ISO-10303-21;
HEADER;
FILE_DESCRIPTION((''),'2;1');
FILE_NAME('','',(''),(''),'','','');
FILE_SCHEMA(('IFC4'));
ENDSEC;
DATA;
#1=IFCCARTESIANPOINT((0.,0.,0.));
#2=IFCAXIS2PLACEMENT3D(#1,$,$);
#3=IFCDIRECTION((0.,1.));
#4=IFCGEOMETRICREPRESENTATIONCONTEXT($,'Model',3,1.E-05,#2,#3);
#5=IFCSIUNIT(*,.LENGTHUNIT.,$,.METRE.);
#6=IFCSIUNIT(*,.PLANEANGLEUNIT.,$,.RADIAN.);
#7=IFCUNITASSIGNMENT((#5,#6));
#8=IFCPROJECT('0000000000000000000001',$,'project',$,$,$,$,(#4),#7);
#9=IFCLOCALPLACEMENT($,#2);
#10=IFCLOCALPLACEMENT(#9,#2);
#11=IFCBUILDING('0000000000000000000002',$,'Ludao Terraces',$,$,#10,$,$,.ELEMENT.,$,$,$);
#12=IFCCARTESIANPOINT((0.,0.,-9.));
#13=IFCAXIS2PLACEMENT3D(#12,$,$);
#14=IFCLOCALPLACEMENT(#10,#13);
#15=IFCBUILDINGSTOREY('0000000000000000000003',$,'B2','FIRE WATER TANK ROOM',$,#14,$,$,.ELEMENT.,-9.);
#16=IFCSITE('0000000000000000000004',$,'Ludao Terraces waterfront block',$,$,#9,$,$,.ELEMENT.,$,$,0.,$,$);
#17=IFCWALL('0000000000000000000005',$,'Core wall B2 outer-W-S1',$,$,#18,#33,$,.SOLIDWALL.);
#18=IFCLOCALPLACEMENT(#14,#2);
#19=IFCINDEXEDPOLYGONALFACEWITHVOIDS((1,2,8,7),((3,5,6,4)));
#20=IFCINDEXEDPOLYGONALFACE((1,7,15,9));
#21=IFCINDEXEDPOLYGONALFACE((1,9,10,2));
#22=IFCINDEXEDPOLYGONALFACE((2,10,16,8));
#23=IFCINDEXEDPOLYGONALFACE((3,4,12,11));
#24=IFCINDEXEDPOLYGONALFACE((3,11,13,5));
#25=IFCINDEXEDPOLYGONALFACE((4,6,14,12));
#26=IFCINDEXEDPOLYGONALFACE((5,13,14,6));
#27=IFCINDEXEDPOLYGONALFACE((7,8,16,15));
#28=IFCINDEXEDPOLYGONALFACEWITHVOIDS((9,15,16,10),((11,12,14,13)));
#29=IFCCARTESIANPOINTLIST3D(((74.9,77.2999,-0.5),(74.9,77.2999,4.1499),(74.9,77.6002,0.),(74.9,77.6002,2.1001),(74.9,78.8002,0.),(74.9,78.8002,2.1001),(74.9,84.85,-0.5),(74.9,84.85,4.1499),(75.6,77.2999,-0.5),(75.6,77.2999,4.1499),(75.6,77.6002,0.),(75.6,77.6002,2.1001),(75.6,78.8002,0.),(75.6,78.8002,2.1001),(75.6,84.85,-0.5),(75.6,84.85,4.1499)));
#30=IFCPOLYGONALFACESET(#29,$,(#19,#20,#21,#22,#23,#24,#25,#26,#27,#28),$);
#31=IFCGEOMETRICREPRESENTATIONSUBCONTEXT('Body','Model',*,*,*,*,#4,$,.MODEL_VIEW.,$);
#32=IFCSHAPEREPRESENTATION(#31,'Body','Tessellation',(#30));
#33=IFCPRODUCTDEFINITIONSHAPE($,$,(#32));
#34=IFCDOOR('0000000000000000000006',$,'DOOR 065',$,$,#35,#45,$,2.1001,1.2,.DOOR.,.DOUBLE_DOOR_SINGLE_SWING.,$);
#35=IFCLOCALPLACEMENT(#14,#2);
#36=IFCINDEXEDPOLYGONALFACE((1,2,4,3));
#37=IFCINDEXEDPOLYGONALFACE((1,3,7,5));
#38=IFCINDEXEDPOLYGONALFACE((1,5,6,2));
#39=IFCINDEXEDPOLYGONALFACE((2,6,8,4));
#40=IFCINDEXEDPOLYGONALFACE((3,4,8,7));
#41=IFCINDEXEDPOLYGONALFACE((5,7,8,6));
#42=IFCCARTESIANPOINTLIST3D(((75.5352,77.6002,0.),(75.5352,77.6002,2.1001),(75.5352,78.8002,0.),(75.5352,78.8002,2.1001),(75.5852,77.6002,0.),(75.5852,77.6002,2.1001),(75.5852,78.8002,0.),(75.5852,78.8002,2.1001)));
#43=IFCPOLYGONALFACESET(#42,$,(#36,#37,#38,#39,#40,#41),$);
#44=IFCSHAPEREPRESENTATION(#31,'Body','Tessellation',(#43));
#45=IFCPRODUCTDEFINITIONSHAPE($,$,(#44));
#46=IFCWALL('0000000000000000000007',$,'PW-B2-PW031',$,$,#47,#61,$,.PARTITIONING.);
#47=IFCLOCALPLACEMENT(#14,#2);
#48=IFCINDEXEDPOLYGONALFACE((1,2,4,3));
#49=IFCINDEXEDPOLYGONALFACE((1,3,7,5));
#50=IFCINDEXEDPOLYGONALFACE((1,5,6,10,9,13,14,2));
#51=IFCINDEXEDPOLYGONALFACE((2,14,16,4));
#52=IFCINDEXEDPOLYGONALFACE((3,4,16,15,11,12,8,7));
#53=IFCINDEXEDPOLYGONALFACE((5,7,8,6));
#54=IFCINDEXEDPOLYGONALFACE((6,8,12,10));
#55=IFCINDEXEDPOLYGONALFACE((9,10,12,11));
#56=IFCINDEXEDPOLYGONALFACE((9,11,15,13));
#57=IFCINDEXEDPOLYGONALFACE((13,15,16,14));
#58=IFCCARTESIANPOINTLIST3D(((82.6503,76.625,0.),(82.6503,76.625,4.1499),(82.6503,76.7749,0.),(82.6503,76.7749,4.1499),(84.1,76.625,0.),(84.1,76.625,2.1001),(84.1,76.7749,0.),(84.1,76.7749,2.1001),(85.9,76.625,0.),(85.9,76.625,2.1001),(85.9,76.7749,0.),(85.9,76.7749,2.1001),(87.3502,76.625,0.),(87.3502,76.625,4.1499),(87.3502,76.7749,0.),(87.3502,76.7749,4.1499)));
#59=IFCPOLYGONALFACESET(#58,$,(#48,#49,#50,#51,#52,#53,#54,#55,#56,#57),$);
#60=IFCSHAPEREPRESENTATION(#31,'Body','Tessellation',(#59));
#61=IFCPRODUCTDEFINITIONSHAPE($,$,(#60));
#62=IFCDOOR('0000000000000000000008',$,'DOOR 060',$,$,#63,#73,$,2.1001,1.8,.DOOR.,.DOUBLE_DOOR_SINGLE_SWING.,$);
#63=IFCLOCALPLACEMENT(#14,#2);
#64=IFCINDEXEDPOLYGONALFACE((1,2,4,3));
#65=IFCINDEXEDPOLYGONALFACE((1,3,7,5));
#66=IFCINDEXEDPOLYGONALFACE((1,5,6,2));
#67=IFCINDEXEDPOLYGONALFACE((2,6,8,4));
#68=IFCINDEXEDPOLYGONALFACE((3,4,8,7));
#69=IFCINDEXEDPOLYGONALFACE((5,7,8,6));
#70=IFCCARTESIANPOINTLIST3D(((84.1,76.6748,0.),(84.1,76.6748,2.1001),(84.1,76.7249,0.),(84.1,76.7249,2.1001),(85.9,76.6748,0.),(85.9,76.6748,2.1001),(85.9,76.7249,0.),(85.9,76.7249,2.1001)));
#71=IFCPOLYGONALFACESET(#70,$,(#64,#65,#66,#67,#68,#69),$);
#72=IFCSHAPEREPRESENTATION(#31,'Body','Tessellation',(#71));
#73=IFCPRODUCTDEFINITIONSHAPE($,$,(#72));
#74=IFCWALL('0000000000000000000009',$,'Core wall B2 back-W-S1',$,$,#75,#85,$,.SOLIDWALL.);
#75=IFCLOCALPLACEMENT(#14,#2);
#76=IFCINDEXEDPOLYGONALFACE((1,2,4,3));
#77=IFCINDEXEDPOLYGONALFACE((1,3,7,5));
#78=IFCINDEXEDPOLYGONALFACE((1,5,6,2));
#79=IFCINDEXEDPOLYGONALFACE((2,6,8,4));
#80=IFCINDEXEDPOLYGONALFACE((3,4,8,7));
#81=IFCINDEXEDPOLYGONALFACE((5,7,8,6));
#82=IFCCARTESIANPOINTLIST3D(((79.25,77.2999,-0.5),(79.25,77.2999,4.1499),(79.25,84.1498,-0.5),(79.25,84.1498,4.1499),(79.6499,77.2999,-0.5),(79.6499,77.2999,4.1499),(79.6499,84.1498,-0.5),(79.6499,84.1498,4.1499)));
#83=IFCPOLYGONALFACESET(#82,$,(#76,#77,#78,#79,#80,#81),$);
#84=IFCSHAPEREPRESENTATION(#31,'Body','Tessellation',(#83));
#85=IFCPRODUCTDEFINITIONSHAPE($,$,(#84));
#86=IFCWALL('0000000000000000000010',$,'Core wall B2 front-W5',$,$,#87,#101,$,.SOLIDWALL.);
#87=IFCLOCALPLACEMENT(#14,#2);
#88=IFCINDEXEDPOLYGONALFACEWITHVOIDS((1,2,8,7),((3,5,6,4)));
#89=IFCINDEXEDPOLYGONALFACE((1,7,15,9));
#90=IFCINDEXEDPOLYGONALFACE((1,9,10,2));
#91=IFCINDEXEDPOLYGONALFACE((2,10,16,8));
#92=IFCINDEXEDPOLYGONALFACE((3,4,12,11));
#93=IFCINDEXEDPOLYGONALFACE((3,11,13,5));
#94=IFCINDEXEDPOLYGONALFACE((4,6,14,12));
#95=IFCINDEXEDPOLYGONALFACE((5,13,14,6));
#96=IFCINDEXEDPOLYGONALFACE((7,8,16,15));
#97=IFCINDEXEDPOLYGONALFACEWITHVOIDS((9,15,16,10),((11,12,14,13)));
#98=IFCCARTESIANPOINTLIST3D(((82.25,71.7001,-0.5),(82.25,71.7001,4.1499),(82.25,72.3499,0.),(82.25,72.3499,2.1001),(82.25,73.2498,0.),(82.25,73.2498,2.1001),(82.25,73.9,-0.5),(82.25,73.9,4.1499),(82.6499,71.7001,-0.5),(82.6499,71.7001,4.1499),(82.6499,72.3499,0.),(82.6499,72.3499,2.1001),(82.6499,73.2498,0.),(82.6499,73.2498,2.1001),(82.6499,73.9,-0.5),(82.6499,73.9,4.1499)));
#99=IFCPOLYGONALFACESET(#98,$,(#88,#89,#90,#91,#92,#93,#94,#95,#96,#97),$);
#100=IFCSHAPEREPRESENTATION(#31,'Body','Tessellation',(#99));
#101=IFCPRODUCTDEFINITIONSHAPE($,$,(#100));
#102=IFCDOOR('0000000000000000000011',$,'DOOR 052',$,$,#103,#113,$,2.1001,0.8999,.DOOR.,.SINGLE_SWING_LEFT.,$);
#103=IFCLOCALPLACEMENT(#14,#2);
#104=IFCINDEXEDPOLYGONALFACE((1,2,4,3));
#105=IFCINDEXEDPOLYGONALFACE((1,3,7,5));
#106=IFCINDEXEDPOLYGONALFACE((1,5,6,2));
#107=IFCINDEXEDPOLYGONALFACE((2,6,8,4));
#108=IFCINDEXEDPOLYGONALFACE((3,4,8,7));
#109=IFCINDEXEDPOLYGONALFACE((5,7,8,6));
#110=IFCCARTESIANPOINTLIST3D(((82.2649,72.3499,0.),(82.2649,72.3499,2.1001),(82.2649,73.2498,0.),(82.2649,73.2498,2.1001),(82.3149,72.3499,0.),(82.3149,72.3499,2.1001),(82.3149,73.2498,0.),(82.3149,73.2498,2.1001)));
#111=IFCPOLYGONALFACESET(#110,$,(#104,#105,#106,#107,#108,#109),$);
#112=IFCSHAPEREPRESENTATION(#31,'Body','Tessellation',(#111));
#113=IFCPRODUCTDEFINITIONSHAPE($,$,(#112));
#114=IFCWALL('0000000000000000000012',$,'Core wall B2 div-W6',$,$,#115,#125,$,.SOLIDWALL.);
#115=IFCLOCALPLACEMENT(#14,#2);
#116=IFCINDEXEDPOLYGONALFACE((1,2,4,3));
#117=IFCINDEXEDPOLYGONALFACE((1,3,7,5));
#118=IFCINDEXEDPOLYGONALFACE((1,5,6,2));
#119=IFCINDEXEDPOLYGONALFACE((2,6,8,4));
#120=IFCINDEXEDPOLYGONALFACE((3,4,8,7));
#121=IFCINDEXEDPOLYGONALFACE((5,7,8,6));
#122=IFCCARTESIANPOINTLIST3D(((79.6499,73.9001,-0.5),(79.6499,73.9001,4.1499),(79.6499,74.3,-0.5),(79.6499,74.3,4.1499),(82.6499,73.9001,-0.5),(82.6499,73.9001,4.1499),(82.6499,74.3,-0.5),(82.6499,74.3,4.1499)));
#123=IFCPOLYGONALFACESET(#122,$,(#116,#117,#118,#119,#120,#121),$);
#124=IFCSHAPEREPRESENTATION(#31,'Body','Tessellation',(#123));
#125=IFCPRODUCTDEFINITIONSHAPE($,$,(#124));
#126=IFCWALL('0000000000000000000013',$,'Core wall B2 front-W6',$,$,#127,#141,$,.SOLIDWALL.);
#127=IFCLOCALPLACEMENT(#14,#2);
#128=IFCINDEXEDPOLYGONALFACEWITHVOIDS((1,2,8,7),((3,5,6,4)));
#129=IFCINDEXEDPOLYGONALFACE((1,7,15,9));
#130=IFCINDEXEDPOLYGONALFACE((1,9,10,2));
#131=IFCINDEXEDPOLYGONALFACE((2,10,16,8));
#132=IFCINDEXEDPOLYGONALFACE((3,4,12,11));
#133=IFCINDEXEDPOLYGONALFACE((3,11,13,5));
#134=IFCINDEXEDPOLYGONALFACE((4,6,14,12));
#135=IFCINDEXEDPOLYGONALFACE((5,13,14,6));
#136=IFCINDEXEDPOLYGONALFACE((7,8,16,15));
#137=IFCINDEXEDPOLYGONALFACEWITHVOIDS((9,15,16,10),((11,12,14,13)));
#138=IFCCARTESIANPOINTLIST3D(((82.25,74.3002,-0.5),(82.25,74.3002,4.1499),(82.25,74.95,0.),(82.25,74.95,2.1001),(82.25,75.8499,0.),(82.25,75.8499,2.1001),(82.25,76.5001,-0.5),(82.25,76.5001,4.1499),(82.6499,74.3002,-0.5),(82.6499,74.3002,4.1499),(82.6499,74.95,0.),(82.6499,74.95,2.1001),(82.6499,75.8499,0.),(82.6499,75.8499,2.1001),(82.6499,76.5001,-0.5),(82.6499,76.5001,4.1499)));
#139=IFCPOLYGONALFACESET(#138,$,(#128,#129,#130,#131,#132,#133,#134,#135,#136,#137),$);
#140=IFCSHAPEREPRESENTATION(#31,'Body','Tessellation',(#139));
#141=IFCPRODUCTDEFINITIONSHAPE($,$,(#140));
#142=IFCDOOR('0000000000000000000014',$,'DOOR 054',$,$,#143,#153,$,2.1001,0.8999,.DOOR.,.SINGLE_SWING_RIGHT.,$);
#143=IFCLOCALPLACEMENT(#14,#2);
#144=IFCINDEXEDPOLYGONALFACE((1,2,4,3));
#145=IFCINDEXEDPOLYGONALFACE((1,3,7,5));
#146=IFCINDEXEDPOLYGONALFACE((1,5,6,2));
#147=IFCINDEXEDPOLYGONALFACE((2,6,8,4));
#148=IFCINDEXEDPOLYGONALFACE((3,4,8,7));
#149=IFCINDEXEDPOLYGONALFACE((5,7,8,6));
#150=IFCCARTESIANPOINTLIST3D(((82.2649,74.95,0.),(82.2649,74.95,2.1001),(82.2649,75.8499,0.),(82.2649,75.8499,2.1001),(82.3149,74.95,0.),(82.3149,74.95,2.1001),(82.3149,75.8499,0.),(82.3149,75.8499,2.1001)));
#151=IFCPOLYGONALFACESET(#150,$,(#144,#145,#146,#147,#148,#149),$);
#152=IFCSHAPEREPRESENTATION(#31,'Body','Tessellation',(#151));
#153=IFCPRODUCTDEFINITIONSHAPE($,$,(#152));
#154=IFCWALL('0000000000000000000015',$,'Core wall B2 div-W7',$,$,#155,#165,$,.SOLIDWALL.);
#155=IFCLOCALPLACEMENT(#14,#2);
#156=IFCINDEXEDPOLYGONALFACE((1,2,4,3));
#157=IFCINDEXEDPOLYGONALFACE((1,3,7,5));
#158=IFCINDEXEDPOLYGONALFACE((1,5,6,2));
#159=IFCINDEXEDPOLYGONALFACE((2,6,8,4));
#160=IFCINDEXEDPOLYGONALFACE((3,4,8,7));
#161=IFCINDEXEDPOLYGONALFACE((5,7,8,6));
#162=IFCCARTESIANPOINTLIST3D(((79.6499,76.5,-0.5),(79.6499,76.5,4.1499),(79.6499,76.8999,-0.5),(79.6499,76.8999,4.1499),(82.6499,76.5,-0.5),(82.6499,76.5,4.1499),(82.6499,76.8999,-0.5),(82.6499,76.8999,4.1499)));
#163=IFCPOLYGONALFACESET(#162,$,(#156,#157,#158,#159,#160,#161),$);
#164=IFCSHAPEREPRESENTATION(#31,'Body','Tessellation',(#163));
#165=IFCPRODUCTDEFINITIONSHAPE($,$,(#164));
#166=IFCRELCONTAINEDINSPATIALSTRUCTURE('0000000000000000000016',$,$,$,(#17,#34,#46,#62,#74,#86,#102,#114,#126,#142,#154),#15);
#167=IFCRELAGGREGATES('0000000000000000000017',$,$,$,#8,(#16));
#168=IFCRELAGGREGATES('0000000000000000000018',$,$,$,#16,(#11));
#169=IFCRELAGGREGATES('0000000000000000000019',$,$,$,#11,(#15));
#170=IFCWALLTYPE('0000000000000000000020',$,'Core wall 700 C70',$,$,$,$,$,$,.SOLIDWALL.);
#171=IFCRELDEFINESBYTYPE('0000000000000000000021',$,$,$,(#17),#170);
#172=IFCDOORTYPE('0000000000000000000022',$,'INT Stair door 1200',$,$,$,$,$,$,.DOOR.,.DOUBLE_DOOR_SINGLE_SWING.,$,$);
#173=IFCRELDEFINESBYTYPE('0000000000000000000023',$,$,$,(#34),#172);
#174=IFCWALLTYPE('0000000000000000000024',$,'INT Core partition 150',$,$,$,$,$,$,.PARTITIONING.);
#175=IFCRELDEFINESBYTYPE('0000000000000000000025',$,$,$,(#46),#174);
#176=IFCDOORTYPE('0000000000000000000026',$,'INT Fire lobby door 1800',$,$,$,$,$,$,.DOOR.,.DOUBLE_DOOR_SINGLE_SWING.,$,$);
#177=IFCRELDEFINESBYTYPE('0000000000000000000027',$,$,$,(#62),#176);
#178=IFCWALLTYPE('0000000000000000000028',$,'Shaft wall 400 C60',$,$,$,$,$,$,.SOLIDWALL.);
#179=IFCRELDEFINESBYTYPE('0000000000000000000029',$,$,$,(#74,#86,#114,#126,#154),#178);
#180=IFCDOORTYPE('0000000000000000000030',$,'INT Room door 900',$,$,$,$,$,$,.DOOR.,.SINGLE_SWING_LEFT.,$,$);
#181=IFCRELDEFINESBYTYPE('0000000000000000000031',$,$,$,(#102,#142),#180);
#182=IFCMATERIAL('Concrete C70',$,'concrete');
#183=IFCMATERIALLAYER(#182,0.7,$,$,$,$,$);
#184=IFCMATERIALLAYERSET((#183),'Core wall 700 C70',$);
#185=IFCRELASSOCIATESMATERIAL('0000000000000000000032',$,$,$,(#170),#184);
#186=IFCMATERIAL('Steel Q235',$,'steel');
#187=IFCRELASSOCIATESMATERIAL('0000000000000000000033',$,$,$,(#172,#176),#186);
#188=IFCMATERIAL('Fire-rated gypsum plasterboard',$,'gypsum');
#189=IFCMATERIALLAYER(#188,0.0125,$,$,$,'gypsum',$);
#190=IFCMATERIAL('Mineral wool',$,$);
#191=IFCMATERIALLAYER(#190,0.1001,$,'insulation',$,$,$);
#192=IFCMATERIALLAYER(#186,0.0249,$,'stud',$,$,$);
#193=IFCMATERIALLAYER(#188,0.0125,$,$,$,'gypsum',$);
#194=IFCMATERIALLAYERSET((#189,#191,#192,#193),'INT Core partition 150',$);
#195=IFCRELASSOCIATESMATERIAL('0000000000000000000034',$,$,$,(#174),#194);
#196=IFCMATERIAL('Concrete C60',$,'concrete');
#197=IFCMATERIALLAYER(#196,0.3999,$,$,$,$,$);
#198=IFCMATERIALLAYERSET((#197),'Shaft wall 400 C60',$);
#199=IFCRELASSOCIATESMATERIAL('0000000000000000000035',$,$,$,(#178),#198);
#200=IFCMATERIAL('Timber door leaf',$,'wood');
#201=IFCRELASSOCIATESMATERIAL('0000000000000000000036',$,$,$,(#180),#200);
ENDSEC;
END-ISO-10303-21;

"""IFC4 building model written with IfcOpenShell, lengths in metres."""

from ifc_helpers import new_model, si_unit, direction, frame, frame_2d, origin, place, context, subcontext, project, spatial, rectangle, extrude, material, layer, layer_set, type_object, element, fill, save


model = new_model("IFC4")

# Units and contexts
model_context = context("Model", 3, precision=1e-05, world=origin(), true_north=direction((0.0, 1.0)))
body_context = subcontext(model_context, "Body", "Model", "MODEL_VIEW")
ifc_project = project(units=[si_unit("LENGTHUNIT", "METRE"), si_unit("PLANEANGLEUNIT", "RADIAN")], contexts=[model_context])

# Site, building, storey
site_placement = place(None, origin())
site = spatial("IfcSite", under=ifc_project, at=site_placement, Name="Ludao Terraces waterfront block", CompositionType="ELEMENT", RefElevation=0.0)
building_placement = place(site_placement, origin())
building = spatial("IfcBuilding", under=site, at=building_placement, Name="Ludao Terraces", CompositionType="ELEMENT")
storey_placement = place(building_placement, frame((0.0, 0.0, -9.0)))
storey = spatial("IfcBuildingStorey", under=building, at=storey_placement, Name="B2", Description="FIRE WATER TANK ROOM", CompositionType="ELEMENT", Elevation=-9.0)

# Walls, openings, doors
ifc_material_1 = material(Name="Concrete C70", Category="concrete")
ifc_layer_1 = layer(ifc_material_1, 0.7)
ifc_layer_set_1 = layer_set([ifc_layer_1], Name="Core wall 700 C70")
wall_type_1 = type_object("IfcWallType", Name="Core wall 700 C70", PredefinedType="SOLIDWALL", material=ifc_layer_set_1)
wall_1_placement = place(storey_placement, frame((75.25, 77.3, -0.5), z_axis=(0.0, 0.0, 1.0), x_axis=(0.0, 1.0, 0.0)))
wall_1 = element("IfcWall", 1, at=wall_1_placement, inside=storey, type_object=wall_type_1, Name="Core wall B2 outer-W-S1", PredefinedType="SOLIDWALL", context=body_context, shape_type="SweptSolid", body=[
    extrude(rectangle(XDim=7.55, YDim=0.7, at=frame_2d((3.7749, 0.0))), origin(), (0.0, 0.0, 1.0), 4.6499),
])
opening_1_placement = place(wall_1_placement, frame((0.3, 0.0, 0.5)))
opening_1 = element("IfcOpeningElement", 2, at=opening_1_placement, cuts=wall_1, PredefinedType="OPENING", context=body_context, shape_type="SweptSolid", body=[
    extrude(rectangle(XDim=1.2, YDim=2.1001, at=frame_2d((0.6001, 1.05))), frame((0.0, 0.3599, 0.0), z_axis=(0.0, -1.0, 0.0), x_axis=(1.0, 0.0, 0.0)), (0.0, 0.0, 1.0), 0.72),
])
ifc_material_2 = material(Name="Steel Q235", Category="steel")
door_type_1 = type_object("IfcDoorType", Name="INT Stair door 1200", OperationType="DOUBLE_DOOR_SINGLE_SWING", PredefinedType="DOOR", material=ifc_material_2)
door_1_placement = place(opening_1_placement, origin())
door_1 = element("IfcDoor", 3, at=door_1_placement, inside=storey, type_object=door_type_1, Name="DOOR 065", OperationType="DOUBLE_DOOR_SINGLE_SWING", OverallHeight=2.1001, OverallWidth=1.2, PredefinedType="DOOR", context=body_context, shape_type="SweptSolid", body=[
    extrude(rectangle(XDim=1.2, YDim=2.1001, at=frame_2d((0.6001, 1.05))), frame((0.0, -0.2852, 0.0), z_axis=(0.0, -1.0, 0.0), x_axis=(1.0, 0.0, 0.0)), (0.0, 0.0, 1.0), 0.05),
])
fill(opening_1, door_1)
ifc_material_3 = material(Name="Fire-rated gypsum plasterboard", Category="gypsum")
ifc_layer_2 = layer(ifc_material_3, 0.0125, Category="gypsum")
ifc_material_4 = material(Name="Mineral wool")
ifc_layer_3 = layer(ifc_material_4, 0.1001, Name="insulation")
ifc_layer_4 = layer(ifc_material_2, 0.0249, Name="stud")
ifc_layer_5 = layer(ifc_material_3, 0.0125, Category="gypsum")
ifc_layer_set_2 = layer_set([ifc_layer_2, ifc_layer_3, ifc_layer_4, ifc_layer_5], Name="INT Core partition 150")
wall_type_2 = type_object("IfcWallType", Name="INT Core partition 150", PredefinedType="PARTITIONING", material=ifc_layer_set_2)
wall_2_placement = place(storey_placement, frame((82.6501, 76.7, 0.0), z_axis=(0.0, 0.0, 1.0), x_axis=(1.0, 0.0, 0.0)))
wall_2 = element("IfcWall", 4, at=wall_2_placement, inside=storey, type_object=wall_type_2, Name="PW-B2-PW031", PredefinedType="PARTITIONING", context=body_context, shape_type="SweptSolid", body=[
    extrude(rectangle(XDim=4.7, YDim=0.1499, at=frame_2d((2.3501, 0.0))), origin(), (0.0, 0.0, 1.0), 4.1499),
])
opening_2_placement = place(wall_2_placement, frame((1.45, 0.0, 0.0)))
opening_2 = element("IfcOpeningElement", 5, at=opening_2_placement, cuts=wall_2, PredefinedType="OPENING", context=body_context, shape_type="SweptSolid", body=[
    extrude(rectangle(XDim=1.8, YDim=2.1001, at=frame_2d((0.8999, 1.05))), frame((0.0, 0.085, 0.0), z_axis=(0.0, -1.0, 0.0), x_axis=(1.0, 0.0, 0.0)), (0.0, 0.0, 1.0), 0.1699),
])
door_type_2 = type_object("IfcDoorType", Name="INT Fire lobby door 1800", OperationType="DOUBLE_DOOR_SINGLE_SWING", PredefinedType="DOOR", material=ifc_material_2)
door_2_placement = place(opening_2_placement, origin())
door_2 = element("IfcDoor", 6, at=door_2_placement, inside=storey, type_object=door_type_2, Name="DOOR 060", OperationType="DOUBLE_DOOR_SINGLE_SWING", OverallHeight=2.1001, OverallWidth=1.8, PredefinedType="DOOR", context=body_context, shape_type="SweptSolid", body=[
    extrude(rectangle(XDim=1.8, YDim=2.1001, at=frame_2d((0.8999, 1.05))), frame((0.0, 0.0249, 0.0), z_axis=(0.0, -1.0, 0.0), x_axis=(1.0, 0.0, 0.0)), (0.0, 0.0, 1.0), 0.05),
])
fill(opening_2, door_2)

# Wall
ifc_material_5 = material(Name="Concrete C60", Category="concrete")
ifc_layer_6 = layer(ifc_material_5, 0.3999)
ifc_layer_set_3 = layer_set([ifc_layer_6], Name="Shaft wall 400 C60")
wall_type_3 = type_object("IfcWallType", Name="Shaft wall 400 C60", PredefinedType="SOLIDWALL", material=ifc_layer_set_3)
wall_3_placement = place(storey_placement, frame((79.45, 77.3, -0.5), z_axis=(0.0, 0.0, 1.0), x_axis=(0.0, 1.0, 0.0)))
element("IfcWall", 7, at=wall_3_placement, inside=storey, type_object=wall_type_3, Name="Core wall B2 back-W-S1", PredefinedType="SOLIDWALL", context=body_context, shape_type="SweptSolid", body=[
    extrude(rectangle(XDim=6.8499, YDim=0.3999, at=frame_2d((3.4248, 0.0))), origin(), (0.0, 0.0, 1.0), 4.6499),
])

# Wall, opening, door
wall_4_placement = place(storey_placement, frame((82.45, 71.7, -0.5), z_axis=(0.0, 0.0, 1.0), x_axis=(0.0, 1.0, 0.0)))
wall_4 = element("IfcWall", 8, at=wall_4_placement, inside=storey, type_object=wall_type_3, Name="Core wall B2 front-W5", PredefinedType="SOLIDWALL", context=body_context, shape_type="SweptSolid", body=[
    extrude(rectangle(XDim=2.2, YDim=0.3999, at=frame_2d((1.1001, 0.0))), origin(), (0.0, 0.0, 1.0), 4.6499),
])
opening_3_placement = place(wall_4_placement, frame((0.6499, 0.0, 0.5)))
opening_3 = element("IfcOpeningElement", 9, at=opening_3_placement, cuts=wall_4, PredefinedType="OPENING", context=body_context, shape_type="SweptSolid", body=[
    extrude(rectangle(XDim=0.8999, YDim=2.1001, at=frame_2d((0.45, 1.05))), frame((0.0, 0.21, 0.0), z_axis=(0.0, -1.0, 0.0), x_axis=(1.0, 0.0, 0.0)), (0.0, 0.0, 1.0), 0.4199),
])
ifc_material_6 = material(Name="Timber door leaf", Category="wood")
door_type_3 = type_object("IfcDoorType", Name="INT Room door 900", OperationType="SINGLE_SWING_LEFT", PredefinedType="DOOR", material=ifc_material_6)
door_3_placement = place(opening_3_placement, origin())
door_3 = element("IfcDoor", 10, at=door_3_placement, inside=storey, type_object=door_type_3, Name="DOOR 052", OperationType="SINGLE_SWING_LEFT", OverallHeight=2.1001, OverallWidth=0.8999, PredefinedType="DOOR", context=body_context, shape_type="SweptSolid", body=[
    extrude(rectangle(XDim=0.8999, YDim=2.1001, at=frame_2d((0.45, 1.05))), frame((0.0, 0.1851, 0.0), z_axis=(0.0, -1.0, 0.0), x_axis=(1.0, 0.0, 0.0)), (0.0, 0.0, 1.0), 0.05),
])
fill(opening_3, door_3)

# Wall
wall_5_placement = place(storey_placement, frame((79.6499, 74.1001, -0.5), z_axis=(0.0, 0.0, 1.0), x_axis=(1.0, 0.0, 0.0)))
element("IfcWall", 11, at=wall_5_placement, inside=storey, type_object=wall_type_3, Name="Core wall B2 div-W6", PredefinedType="SOLIDWALL", context=body_context, shape_type="SweptSolid", body=[
    extrude(rectangle(XDim=3.0, YDim=0.3999, at=frame_2d((1.5, 0.0))), origin(), (0.0, 0.0, 1.0), 4.6499),
])

# Wall, opening, door
wall_6_placement = place(storey_placement, frame((82.45, 74.3, -0.5), z_axis=(0.0, 0.0, 1.0), x_axis=(0.0, 1.0, 0.0)))
wall_6 = element("IfcWall", 12, at=wall_6_placement, inside=storey, type_object=wall_type_3, Name="Core wall B2 front-W6", PredefinedType="SOLIDWALL", context=body_context, shape_type="SweptSolid", body=[
    extrude(rectangle(XDim=2.2, YDim=0.3999, at=frame_2d((1.1001, 0.0))), origin(), (0.0, 0.0, 1.0), 4.6499),
])
opening_4_placement = place(wall_6_placement, frame((0.6499, 0.0, 0.5)))
opening_4 = element("IfcOpeningElement", 13, at=opening_4_placement, cuts=wall_6, PredefinedType="OPENING", context=body_context, shape_type="SweptSolid", body=[
    extrude(rectangle(XDim=0.8999, YDim=2.1001, at=frame_2d((0.45, 1.05))), frame((0.0, 0.21, 0.0), z_axis=(0.0, -1.0, 0.0), x_axis=(1.0, 0.0, 0.0)), (0.0, 0.0, 1.0), 0.4199),
])
door_4_placement = place(opening_4_placement, origin())
door_4 = element("IfcDoor", 14, at=door_4_placement, inside=storey, type_object=door_type_3, Name="DOOR 054", OperationType="SINGLE_SWING_RIGHT", OverallHeight=2.1001, OverallWidth=0.8999, PredefinedType="DOOR", context=body_context, shape_type="SweptSolid", body=[
    extrude(rectangle(XDim=0.8999, YDim=2.1001, at=frame_2d((0.45, 1.05))), frame((0.0, 0.1851, 0.0), z_axis=(0.0, -1.0, 0.0), x_axis=(1.0, 0.0, 0.0)), (0.0, 0.0, 1.0), 0.05),
])
fill(opening_4, door_4)

# Wall
wall_7_placement = place(storey_placement, frame((79.6499, 76.7, -0.5), z_axis=(0.0, 0.0, 1.0), x_axis=(1.0, 0.0, 0.0)))
element("IfcWall", 15, at=wall_7_placement, inside=storey, type_object=wall_type_3, Name="Core wall B2 div-W7", PredefinedType="SOLIDWALL", context=body_context, shape_type="SweptSolid", body=[
    extrude(rectangle(XDim=3.0, YDim=0.3999, at=frame_2d((1.5, 0.0))), origin(), (0.0, 0.0, 1.0), 4.6499),
])

save(model, "model.ifc")
